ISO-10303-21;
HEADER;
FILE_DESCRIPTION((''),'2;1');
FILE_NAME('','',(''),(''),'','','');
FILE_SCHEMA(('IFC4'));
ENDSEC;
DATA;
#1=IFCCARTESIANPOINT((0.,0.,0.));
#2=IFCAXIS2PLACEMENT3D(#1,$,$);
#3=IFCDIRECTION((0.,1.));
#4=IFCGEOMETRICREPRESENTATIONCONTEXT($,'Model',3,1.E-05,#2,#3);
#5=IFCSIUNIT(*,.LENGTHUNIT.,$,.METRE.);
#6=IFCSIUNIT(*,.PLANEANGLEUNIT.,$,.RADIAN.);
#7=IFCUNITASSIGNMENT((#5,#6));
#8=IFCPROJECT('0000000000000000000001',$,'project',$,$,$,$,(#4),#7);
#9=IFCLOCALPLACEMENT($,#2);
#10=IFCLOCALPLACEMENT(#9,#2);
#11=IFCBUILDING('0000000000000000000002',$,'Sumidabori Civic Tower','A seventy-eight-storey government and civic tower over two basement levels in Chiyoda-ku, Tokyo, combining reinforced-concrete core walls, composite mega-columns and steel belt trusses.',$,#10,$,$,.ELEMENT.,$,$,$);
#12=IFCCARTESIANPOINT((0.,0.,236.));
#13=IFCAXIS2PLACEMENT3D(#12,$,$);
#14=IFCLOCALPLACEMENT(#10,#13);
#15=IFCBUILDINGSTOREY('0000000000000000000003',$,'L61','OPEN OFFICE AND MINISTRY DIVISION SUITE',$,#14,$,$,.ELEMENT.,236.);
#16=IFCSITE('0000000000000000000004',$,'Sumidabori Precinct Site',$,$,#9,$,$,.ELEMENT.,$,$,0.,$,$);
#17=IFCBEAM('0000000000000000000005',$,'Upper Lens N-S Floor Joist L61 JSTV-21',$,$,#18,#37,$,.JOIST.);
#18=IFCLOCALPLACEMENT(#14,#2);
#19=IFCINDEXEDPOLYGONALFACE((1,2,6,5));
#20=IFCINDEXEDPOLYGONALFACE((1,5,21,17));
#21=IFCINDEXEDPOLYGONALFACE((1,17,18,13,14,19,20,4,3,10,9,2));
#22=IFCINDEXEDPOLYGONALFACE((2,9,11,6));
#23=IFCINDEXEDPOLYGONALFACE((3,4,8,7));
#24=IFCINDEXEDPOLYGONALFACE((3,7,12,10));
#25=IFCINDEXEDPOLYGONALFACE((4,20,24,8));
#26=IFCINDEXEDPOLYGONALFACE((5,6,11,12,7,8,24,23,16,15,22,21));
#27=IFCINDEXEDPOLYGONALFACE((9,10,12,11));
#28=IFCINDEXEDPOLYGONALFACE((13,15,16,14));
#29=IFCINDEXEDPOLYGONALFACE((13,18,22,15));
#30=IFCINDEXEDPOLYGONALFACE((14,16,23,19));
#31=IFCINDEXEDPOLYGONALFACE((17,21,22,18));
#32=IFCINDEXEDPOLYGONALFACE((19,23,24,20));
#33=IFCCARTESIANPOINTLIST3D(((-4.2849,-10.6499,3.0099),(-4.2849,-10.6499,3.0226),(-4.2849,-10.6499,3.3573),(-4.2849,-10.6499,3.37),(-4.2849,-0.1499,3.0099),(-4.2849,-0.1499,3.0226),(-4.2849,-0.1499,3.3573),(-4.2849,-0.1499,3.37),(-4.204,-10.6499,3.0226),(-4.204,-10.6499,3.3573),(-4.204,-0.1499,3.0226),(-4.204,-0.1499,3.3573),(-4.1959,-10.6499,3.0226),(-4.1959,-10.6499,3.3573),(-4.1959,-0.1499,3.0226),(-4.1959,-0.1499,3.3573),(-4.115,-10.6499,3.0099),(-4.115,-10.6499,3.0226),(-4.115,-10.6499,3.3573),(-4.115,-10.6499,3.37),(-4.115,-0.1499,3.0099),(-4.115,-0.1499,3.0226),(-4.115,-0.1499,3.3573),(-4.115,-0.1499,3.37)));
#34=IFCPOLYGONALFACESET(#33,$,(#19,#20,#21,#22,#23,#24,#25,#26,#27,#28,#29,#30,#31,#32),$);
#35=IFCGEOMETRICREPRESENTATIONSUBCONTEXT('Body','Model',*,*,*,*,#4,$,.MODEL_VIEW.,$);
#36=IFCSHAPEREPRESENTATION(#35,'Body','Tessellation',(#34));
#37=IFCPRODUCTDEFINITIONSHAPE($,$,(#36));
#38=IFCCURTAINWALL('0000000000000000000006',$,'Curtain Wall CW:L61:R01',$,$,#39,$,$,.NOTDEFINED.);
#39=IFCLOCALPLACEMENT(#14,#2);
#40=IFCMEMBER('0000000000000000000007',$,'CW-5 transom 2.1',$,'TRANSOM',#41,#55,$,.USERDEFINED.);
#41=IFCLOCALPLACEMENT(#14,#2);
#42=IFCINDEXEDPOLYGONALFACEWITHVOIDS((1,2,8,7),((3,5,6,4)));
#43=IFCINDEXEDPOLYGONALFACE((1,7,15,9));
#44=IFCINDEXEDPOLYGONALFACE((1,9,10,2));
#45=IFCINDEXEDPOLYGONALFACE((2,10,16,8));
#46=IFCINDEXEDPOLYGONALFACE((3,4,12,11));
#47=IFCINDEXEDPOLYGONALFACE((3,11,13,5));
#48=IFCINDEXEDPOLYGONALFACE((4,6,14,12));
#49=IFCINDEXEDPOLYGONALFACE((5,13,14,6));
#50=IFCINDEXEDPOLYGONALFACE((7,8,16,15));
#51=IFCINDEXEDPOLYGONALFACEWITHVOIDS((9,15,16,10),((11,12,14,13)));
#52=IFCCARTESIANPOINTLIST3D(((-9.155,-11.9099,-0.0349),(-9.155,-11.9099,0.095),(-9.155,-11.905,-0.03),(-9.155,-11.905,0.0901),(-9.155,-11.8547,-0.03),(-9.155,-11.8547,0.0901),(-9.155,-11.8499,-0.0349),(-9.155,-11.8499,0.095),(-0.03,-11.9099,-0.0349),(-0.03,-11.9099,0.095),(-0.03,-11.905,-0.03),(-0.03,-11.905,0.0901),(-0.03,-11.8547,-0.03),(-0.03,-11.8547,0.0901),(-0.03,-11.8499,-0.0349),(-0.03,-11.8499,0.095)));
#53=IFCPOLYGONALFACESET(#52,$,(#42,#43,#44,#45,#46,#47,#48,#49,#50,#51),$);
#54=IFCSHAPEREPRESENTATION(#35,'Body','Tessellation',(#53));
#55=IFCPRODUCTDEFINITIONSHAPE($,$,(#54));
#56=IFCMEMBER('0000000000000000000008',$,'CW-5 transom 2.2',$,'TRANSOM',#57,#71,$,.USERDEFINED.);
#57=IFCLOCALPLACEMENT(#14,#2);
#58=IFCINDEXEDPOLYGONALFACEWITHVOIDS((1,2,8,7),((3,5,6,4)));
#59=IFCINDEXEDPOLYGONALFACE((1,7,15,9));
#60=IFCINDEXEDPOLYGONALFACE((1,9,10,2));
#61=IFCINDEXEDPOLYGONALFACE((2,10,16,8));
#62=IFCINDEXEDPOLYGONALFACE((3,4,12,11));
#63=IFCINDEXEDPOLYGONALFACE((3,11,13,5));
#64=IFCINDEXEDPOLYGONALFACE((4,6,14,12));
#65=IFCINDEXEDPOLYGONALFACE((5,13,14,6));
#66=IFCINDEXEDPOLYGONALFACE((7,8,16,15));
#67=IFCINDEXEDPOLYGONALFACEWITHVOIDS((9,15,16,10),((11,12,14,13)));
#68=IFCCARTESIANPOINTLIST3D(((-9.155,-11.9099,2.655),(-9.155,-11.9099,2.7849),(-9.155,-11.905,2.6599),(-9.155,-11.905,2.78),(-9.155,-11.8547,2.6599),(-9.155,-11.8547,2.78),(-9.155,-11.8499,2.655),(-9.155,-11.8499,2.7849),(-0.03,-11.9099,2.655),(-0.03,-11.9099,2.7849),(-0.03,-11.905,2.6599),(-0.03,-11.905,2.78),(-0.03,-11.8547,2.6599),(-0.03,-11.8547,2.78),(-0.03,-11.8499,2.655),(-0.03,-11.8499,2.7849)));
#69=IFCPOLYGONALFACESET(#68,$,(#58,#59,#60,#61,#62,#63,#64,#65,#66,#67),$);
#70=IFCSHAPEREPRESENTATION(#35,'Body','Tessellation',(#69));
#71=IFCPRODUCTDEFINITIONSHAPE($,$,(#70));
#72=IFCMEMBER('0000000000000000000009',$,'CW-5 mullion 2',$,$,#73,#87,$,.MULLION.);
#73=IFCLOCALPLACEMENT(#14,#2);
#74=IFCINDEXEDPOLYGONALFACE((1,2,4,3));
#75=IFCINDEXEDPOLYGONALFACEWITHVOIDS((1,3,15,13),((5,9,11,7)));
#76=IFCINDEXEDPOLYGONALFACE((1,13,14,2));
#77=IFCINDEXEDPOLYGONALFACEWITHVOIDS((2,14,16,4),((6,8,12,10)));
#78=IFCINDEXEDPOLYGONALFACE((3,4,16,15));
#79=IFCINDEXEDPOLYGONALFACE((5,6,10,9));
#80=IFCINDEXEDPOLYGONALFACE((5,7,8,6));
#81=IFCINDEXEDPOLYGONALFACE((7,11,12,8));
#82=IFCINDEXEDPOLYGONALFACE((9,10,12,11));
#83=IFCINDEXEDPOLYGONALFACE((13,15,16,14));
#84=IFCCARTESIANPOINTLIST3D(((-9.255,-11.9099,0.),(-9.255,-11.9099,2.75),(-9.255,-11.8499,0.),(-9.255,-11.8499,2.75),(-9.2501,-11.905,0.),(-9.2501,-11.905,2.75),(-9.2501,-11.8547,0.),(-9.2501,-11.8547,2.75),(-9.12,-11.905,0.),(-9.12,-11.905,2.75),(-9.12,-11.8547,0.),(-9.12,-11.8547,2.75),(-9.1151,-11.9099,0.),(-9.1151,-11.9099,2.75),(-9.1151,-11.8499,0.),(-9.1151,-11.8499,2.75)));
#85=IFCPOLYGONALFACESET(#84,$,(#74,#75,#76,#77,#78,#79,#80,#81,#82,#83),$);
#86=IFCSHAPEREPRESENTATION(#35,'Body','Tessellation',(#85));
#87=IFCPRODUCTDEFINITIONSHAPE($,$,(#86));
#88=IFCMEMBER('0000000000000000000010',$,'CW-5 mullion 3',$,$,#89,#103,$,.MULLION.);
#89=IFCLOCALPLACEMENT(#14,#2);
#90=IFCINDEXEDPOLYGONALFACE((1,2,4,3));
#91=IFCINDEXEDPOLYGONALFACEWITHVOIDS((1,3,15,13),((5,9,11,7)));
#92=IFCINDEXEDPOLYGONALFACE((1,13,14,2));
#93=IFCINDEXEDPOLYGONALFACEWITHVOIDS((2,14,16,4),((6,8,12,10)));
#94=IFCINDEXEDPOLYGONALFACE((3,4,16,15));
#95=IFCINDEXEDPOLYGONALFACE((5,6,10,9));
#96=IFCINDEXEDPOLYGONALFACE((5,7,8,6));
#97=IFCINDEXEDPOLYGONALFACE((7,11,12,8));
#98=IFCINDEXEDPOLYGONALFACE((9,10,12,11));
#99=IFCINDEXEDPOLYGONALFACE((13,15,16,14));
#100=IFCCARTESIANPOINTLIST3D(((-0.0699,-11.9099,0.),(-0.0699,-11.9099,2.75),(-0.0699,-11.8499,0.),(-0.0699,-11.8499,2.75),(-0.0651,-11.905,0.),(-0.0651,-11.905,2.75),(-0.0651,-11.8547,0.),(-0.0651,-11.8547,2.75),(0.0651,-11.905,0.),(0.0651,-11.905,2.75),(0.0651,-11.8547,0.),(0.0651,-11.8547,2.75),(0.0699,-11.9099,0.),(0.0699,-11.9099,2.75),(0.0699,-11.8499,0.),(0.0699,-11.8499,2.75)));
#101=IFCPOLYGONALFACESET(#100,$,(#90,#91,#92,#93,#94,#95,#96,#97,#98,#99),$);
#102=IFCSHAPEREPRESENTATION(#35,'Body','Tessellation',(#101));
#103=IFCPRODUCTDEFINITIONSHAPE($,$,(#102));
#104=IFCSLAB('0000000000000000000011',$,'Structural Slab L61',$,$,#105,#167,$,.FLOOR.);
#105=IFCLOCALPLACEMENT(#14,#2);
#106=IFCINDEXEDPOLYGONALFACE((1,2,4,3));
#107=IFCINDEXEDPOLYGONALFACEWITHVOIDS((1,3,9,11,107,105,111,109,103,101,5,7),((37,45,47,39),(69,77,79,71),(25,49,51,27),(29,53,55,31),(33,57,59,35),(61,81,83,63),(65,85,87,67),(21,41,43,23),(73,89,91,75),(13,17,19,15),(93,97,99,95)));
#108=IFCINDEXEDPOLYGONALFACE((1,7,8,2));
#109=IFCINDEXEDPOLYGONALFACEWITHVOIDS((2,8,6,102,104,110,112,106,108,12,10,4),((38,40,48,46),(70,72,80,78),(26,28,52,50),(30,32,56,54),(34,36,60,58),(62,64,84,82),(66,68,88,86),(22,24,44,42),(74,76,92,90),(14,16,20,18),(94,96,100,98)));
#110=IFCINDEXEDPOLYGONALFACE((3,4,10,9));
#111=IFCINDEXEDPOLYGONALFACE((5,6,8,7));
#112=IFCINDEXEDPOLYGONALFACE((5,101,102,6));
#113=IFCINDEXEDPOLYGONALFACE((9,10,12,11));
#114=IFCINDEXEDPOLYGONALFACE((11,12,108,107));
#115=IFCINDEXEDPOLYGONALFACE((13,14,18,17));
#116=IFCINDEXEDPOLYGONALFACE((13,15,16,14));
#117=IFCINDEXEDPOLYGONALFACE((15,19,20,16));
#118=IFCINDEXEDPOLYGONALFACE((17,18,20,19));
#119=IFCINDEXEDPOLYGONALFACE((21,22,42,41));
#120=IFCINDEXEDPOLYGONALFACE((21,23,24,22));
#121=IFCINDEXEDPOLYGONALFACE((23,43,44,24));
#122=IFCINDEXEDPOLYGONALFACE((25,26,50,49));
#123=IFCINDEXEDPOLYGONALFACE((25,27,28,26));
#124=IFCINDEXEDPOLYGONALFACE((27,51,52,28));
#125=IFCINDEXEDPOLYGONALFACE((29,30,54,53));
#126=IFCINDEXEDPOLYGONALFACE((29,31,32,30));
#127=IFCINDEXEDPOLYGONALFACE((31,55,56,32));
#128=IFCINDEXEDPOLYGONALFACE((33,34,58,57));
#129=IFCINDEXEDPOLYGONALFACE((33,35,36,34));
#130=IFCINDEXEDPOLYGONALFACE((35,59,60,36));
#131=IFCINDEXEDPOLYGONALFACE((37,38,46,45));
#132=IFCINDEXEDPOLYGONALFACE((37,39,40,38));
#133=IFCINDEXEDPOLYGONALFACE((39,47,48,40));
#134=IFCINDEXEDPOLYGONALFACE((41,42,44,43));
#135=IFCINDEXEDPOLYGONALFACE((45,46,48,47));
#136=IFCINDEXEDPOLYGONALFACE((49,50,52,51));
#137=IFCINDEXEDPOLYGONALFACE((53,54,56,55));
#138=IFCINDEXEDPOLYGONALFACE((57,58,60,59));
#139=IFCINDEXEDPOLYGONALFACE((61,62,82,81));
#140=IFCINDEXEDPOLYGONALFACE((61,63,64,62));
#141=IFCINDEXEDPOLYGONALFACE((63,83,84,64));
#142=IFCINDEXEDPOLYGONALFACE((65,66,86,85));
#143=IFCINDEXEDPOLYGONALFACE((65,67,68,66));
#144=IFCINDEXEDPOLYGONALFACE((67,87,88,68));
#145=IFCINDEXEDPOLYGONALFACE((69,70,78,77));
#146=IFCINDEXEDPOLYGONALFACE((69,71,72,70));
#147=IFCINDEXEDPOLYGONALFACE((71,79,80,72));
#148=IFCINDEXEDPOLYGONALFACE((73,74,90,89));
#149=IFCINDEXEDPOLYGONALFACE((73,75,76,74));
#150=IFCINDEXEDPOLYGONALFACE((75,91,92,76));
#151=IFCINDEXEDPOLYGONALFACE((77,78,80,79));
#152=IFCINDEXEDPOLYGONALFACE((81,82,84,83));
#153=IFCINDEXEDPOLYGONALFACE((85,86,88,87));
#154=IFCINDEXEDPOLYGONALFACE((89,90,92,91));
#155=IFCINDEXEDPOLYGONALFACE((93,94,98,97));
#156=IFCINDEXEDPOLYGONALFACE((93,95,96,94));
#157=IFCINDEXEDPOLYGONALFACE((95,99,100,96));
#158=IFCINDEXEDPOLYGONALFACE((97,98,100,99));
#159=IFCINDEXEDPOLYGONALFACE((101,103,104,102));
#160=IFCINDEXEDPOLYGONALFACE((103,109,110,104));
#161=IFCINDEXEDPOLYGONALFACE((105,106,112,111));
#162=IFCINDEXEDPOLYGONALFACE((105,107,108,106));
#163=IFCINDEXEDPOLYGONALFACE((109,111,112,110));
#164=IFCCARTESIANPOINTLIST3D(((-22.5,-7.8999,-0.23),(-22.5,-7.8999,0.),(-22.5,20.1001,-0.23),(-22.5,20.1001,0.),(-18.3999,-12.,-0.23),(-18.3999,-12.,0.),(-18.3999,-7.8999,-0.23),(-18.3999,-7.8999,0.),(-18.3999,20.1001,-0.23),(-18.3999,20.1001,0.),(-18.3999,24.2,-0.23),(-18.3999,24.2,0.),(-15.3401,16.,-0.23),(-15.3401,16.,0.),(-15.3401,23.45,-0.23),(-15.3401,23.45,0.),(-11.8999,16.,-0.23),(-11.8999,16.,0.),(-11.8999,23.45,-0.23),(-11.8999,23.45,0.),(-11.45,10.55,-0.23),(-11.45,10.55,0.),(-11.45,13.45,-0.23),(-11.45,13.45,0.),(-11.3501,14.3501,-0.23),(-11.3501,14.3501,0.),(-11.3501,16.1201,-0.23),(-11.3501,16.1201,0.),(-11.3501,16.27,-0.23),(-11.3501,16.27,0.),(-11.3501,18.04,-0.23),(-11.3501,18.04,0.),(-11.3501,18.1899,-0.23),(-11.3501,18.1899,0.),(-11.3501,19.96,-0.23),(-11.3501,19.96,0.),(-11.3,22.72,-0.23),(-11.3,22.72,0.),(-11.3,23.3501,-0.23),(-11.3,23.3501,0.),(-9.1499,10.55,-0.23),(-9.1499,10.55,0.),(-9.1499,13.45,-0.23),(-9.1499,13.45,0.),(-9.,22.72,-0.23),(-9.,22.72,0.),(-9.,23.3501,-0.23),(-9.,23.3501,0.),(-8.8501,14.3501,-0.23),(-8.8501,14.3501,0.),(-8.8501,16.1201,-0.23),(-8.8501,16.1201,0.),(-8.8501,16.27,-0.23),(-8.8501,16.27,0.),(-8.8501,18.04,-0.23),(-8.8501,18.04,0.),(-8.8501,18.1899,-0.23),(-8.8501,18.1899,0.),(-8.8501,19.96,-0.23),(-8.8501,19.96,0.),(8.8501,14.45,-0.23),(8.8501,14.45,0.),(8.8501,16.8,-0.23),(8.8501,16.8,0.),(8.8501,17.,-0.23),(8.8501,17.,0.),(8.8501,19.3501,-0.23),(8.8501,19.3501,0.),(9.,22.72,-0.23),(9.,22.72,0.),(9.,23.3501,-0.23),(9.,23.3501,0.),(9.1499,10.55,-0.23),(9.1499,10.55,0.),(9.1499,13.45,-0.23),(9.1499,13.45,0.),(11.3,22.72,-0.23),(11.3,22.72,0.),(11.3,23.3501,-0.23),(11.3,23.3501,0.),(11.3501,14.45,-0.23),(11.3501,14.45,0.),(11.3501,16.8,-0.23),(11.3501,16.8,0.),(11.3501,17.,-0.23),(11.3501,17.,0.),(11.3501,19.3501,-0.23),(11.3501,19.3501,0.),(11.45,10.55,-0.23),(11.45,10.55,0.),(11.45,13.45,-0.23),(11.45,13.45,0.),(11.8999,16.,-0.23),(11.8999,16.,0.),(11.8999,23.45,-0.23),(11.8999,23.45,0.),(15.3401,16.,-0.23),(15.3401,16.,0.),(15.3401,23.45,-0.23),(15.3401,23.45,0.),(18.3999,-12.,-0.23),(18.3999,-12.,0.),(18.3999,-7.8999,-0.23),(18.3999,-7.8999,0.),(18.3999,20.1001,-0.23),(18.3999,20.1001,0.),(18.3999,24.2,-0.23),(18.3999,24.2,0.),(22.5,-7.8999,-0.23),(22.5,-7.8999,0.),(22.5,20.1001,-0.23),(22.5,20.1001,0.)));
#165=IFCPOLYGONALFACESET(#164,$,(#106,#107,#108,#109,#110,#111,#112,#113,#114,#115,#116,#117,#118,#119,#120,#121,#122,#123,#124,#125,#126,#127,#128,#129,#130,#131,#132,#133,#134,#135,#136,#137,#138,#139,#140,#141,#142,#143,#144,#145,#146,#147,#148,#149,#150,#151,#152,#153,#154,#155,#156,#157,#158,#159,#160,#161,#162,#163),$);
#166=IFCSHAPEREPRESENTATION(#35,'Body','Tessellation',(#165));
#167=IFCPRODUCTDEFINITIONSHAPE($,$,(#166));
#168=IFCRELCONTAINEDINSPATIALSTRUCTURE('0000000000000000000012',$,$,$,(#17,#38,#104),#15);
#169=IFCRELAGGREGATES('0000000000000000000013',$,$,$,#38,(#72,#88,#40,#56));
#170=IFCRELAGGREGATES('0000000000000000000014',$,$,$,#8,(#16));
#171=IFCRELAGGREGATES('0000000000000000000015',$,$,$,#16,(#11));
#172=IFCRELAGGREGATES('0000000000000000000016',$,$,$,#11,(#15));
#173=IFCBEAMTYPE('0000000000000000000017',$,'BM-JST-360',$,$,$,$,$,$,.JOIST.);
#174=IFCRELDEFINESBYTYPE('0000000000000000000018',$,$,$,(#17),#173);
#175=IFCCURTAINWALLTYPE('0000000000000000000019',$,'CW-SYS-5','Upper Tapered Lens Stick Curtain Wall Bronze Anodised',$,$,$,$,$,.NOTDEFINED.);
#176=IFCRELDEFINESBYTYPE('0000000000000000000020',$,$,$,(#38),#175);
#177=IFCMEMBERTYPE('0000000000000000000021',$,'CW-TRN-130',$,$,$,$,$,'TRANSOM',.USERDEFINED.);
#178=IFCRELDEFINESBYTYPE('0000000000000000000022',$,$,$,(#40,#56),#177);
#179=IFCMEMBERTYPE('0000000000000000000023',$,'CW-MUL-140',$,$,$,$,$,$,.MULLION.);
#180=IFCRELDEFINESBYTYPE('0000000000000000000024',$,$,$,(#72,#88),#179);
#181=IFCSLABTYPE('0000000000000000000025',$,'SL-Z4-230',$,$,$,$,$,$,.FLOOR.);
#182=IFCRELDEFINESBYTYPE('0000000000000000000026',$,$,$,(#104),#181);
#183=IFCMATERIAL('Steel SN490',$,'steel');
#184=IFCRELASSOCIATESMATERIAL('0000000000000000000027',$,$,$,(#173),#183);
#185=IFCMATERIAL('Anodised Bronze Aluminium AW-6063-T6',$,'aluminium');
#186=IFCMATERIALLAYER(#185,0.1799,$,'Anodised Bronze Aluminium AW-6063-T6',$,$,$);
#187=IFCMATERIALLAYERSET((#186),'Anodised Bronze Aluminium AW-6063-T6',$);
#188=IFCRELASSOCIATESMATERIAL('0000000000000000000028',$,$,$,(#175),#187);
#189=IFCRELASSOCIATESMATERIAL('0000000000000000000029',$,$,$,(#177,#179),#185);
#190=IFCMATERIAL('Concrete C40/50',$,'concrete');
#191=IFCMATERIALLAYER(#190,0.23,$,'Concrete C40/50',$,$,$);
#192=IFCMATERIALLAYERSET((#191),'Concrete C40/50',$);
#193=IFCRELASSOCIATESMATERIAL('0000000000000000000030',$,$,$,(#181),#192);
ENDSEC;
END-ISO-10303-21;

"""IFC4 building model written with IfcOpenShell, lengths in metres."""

from ifc_helpers import new_model, si_unit, direction, frame, origin, origin_2d, place, context, subcontext, project, spatial, polyline, hollow_rectangle, i_section, outline, extrude, source, transform, mapped, material, layer, layer_set, material_profile, profile_set, type_object, element, aggregate, save


model = new_model("IFC4")

# Units and contexts
model_context = context("Model", 3, precision=1e-05, world=origin(), true_north=direction((0.0, 1.0)))
body_context = subcontext(model_context, "Body", "Model", "MODEL_VIEW")
ifc_project = project(units=[si_unit("LENGTHUNIT", "METRE"), si_unit("PLANEANGLEUNIT", "RADIAN")], contexts=[model_context])

# Site, building, storey
site_placement = place(None, origin())
site = spatial("IfcSite", under=ifc_project, at=site_placement, Name="Sumidabori Precinct Site", CompositionType="ELEMENT", RefElevation=0.0)
building_placement = place(site_placement, origin())
building = spatial("IfcBuilding", under=site, at=building_placement, Name="Sumidabori Civic Tower", Description="A seventy-eight-storey government and civic tower over two basement levels in Chiyoda-ku, Tokyo, combining reinforced-concrete core walls, composite mega-columns and steel belt trusses.", CompositionType="ELEMENT")
storey_placement = place(building_placement, frame((0.0, 0.0, 236.0)))
storey = spatial("IfcBuildingStorey", under=building, at=storey_placement, Name="L61", Description="OPEN OFFICE AND MINISTRY DIVISION SUITE", CompositionType="ELEMENT", Elevation=236.0)

# Shared definitions
ifc_material_1 = material(Name="Steel SN490", Category="steel")

# Beam
ifc_material_profile_1 = material_profile(ifc_material_1, i_section(OverallWidth=0.1699, OverallDepth=0.3601, WebThickness=0.0081, FlangeThickness=0.0127, at=origin_2d()), Name="IPE 360")
ifc_profile_set_1 = profile_set([ifc_material_profile_1], Name="Steel SN490")
beam_type_1 = type_object("IfcBeamType", Name="BM-JST-360", PredefinedType="JOIST", material=ifc_profile_set_1)
shared_shape_1 = source(origin(), body_context, "Body", "SweptSolid", [
    extrude(i_section(OverallWidth=0.1699, OverallDepth=0.3601, WebThickness=0.0081, FlangeThickness=0.0127, at=origin_2d()), origin(), (0.0, 0.0, 1.0), 10.5),
])
for number, where, z_axis, x_axis, name in (
    (1, (-4.2, -10.6499, 3.1899), (0.0, 1.0, 0.0), (-1.0, 0.0, 0.0), "Upper Lens N-S Floor Joist L61 JSTV-21"),
):
    element("IfcBeam", number, at=place(storey_placement, frame(where, z_axis=z_axis, x_axis=x_axis)), inside=storey, type_object=beam_type_1, Name=name, PredefinedType="JOIST", context=body_context, shape_type="MappedRepresentation", body=[
        mapped(shared_shape_1, transform((0.0, 0.0, 0.0), x_axis=(1.0, 0.0, 0.0), y_axis=(0.0, 1.0, 0.0), z_axis=(0.0, 0.0, 1.0), scale=1.0)),
    ])

# Curtain wall, members
ifc_material_2 = material(Name="Anodised Bronze Aluminium AW-6063-T6", Category="aluminium")
ifc_layer_1 = layer(ifc_material_2, 0.1799, Name="Anodised Bronze Aluminium AW-6063-T6")
ifc_layer_set_1 = layer_set([ifc_layer_1], Name="Anodised Bronze Aluminium AW-6063-T6")
curtain_wall_type = type_object("IfcCurtainWallType", Name="CW-SYS-5", Description="Upper Tapered Lens Stick Curtain Wall Bronze Anodised", PredefinedType="NOTDEFINED", material=ifc_layer_set_1)
curtain_wall_placement = place(storey_placement, origin())
curtain_wall = element("IfcCurtainWall", 2, at=curtain_wall_placement, inside=storey, type_object=curtain_wall_type, Name="Curtain Wall CW:L61:R01", PredefinedType="NOTDEFINED")
ifc_material_profile_2 = material_profile(ifc_material_2, hollow_rectangle(XDim=0.0601, YDim=0.1299, WallThickness=0.0049, at=origin_2d()), Name="ALU TRANSOM 130x60")
ifc_profile_set_2 = profile_set([ifc_material_profile_2], Name="Anodised Bronze Aluminium AW-6063-T6")
member_type_1 = type_object("IfcMemberType", Name="CW-TRN-130", ElementType="TRANSOM", PredefinedType="USERDEFINED", material=ifc_profile_set_2)
shared_shape_2 = source(origin(), body_context, "Body", "SweptSolid", [
    extrude(hollow_rectangle(XDim=0.0601, YDim=0.1299, WallThickness=0.0049, at=origin_2d()), origin(), (0.0, 0.0, 1.0), 9.125),
])
member_1_placement = place(storey_placement, frame((-9.155, -11.8799, 0.03), z_axis=(1.0, 0.0, 0.0), x_axis=(0.0, 1.0, 0.0)))
member_1 = element("IfcMember", 3, at=member_1_placement, type_object=member_type_1, Name="CW-5 transom 2.1", ObjectType="TRANSOM", PredefinedType="USERDEFINED", context=body_context, shape_type="MappedRepresentation", body=[
    mapped(shared_shape_2, transform((0.0, 0.0, 0.0), x_axis=(1.0, 0.0, 0.0), y_axis=(0.0, 1.0, 0.0), z_axis=(0.0, 0.0, 1.0), scale=1.0)),
])
member_2_placement = place(storey_placement, frame((-9.155, -11.8799, 2.72), z_axis=(1.0, 0.0, 0.0), x_axis=(0.0, 1.0, 0.0)))
member_2 = element("IfcMember", 4, at=member_2_placement, type_object=member_type_1, Name="CW-5 transom 2.2", ObjectType="TRANSOM", PredefinedType="USERDEFINED", context=body_context, shape_type="MappedRepresentation", body=[
    mapped(shared_shape_2, transform((0.0, 0.0, 0.0), x_axis=(1.0, 0.0, 0.0), y_axis=(0.0, 1.0, 0.0), z_axis=(0.0, 0.0, 1.0), scale=1.0)),
])
ifc_material_profile_3 = material_profile(ifc_material_2, hollow_rectangle(XDim=0.0601, YDim=0.1399, WallThickness=0.0049, at=origin_2d()), Name="ALU MULLION 140x60")
ifc_profile_set_3 = profile_set([ifc_material_profile_3], Name="Anodised Bronze Aluminium AW-6063-T6")
member_type_2 = type_object("IfcMemberType", Name="CW-MUL-140", PredefinedType="MULLION", material=ifc_profile_set_3)
shared_shape_3 = source(origin(), body_context, "Body", "SweptSolid", [
    extrude(hollow_rectangle(XDim=0.0601, YDim=0.1399, WallThickness=0.0049, at=origin_2d()), origin(), (0.0, 0.0, 1.0), 2.75),
])
member_3_placement = place(storey_placement, frame((-9.1851, -11.8799, 0.0), z_axis=(0.0, 0.0, 1.0), x_axis=(0.0, 1.0, 0.0)))
member_3 = element("IfcMember", 5, at=member_3_placement, type_object=member_type_2, Name="CW-5 mullion 2", PredefinedType="MULLION", context=body_context, shape_type="MappedRepresentation", body=[
    mapped(shared_shape_3, transform((0.0, 0.0, 0.0), x_axis=(1.0, 0.0, 0.0), y_axis=(0.0, 1.0, 0.0), z_axis=(0.0, 0.0, 1.0), scale=1.0)),
])
member_4_placement = place(storey_placement, frame((0.0, -11.8799, 0.0), z_axis=(0.0, 0.0, 1.0), x_axis=(0.0, 1.0, 0.0)))
member_4 = element("IfcMember", 6, at=member_4_placement, type_object=member_type_2, Name="CW-5 mullion 3", PredefinedType="MULLION", context=body_context, shape_type="MappedRepresentation", body=[
    mapped(shared_shape_3, transform((0.0, 0.0, 0.0), x_axis=(1.0, 0.0, 0.0), y_axis=(0.0, 1.0, 0.0), z_axis=(0.0, 0.0, 1.0), scale=1.0)),
])

# Slab
ifc_material_3 = material(Name="Concrete C40/50", Category="concrete")
ifc_layer_2 = layer(ifc_material_3, 0.23, Name="Concrete C40/50")
ifc_layer_set_2 = layer_set([ifc_layer_2], Name="Concrete C40/50")
slab_type = type_object("IfcSlabType", Name="SL-Z4-230", PredefinedType="FLOOR", material=ifc_layer_set_2)
slab_placement = place(storey_placement, frame((0.0, 0.0, -0.23)))
element("IfcSlab", 7, at=slab_placement, inside=storey, type_object=slab_type, Name="Structural Slab L61", PredefinedType="FLOOR", context=body_context, shape_type="SweptSolid", body=[
    extrude(outline(polyline([(-18.3999, -12.0), (18.3999, -12.0), (18.3999, -7.8999), (22.5, -7.8999), (22.5, 20.1001), (18.3999, 20.1001), (18.3999, 24.2), (-18.3999, 24.2), (-18.3999, 20.1001), (-22.5, 20.1001), (-22.5, -7.8999), (-18.3999, -7.8999), (-18.3999, -12.0)]), holes=[polyline([(-11.8999, 16.0), (-11.8999, 23.45), (-15.3401, 23.45), (-15.3401, 16.0), (-11.8999, 16.0)]), polyline([(15.3401, 16.0), (15.3401, 23.45), (11.8999, 23.45), (11.8999, 16.0), (15.3401, 16.0)]), polyline([(-11.45, 10.55), (-9.1499, 10.55), (-9.1499, 13.45), (-11.45, 13.45), (-11.45, 10.55)]), polyline([(9.1499, 10.55), (11.45, 10.55), (11.45, 13.45), (9.1499, 13.45), (9.1499, 10.55)]), polyline([(-11.3501, 14.3501), (-8.8501, 14.3501), (-8.8501, 16.1201), (-11.3501, 16.1201), (-11.3501, 14.3501)]), polyline([(-11.3501, 16.27), (-8.8501, 16.27), (-8.8501, 18.04), (-11.3501, 18.04), (-11.3501, 16.27)]), polyline([(-11.3501, 18.1899), (-8.8501, 18.1899), (-8.8501, 19.96), (-11.3501, 19.96), (-11.3501, 18.1899)]), polyline([(8.8501, 14.45), (11.3501, 14.45), (11.3501, 16.8), (8.8501, 16.8), (8.8501, 14.45)]), polyline([(8.8501, 17.0), (11.3501, 17.0), (11.3501, 19.3501), (8.8501, 19.3501), (8.8501, 17.0)]), polyline([(-11.3, 22.72), (-9.0, 22.72), (-9.0, 23.3501), (-11.3, 23.3501), (-11.3, 22.72)]), polyline([(9.0, 22.72), (11.3, 22.72), (11.3, 23.3501), (9.0, 23.3501), (9.0, 22.72)])]), origin(), (0.0, 0.0, 1.0), 0.23),
])

aggregate(curtain_wall, [member_3, member_4, member_1, member_2])

save(model, "model.ifc")
